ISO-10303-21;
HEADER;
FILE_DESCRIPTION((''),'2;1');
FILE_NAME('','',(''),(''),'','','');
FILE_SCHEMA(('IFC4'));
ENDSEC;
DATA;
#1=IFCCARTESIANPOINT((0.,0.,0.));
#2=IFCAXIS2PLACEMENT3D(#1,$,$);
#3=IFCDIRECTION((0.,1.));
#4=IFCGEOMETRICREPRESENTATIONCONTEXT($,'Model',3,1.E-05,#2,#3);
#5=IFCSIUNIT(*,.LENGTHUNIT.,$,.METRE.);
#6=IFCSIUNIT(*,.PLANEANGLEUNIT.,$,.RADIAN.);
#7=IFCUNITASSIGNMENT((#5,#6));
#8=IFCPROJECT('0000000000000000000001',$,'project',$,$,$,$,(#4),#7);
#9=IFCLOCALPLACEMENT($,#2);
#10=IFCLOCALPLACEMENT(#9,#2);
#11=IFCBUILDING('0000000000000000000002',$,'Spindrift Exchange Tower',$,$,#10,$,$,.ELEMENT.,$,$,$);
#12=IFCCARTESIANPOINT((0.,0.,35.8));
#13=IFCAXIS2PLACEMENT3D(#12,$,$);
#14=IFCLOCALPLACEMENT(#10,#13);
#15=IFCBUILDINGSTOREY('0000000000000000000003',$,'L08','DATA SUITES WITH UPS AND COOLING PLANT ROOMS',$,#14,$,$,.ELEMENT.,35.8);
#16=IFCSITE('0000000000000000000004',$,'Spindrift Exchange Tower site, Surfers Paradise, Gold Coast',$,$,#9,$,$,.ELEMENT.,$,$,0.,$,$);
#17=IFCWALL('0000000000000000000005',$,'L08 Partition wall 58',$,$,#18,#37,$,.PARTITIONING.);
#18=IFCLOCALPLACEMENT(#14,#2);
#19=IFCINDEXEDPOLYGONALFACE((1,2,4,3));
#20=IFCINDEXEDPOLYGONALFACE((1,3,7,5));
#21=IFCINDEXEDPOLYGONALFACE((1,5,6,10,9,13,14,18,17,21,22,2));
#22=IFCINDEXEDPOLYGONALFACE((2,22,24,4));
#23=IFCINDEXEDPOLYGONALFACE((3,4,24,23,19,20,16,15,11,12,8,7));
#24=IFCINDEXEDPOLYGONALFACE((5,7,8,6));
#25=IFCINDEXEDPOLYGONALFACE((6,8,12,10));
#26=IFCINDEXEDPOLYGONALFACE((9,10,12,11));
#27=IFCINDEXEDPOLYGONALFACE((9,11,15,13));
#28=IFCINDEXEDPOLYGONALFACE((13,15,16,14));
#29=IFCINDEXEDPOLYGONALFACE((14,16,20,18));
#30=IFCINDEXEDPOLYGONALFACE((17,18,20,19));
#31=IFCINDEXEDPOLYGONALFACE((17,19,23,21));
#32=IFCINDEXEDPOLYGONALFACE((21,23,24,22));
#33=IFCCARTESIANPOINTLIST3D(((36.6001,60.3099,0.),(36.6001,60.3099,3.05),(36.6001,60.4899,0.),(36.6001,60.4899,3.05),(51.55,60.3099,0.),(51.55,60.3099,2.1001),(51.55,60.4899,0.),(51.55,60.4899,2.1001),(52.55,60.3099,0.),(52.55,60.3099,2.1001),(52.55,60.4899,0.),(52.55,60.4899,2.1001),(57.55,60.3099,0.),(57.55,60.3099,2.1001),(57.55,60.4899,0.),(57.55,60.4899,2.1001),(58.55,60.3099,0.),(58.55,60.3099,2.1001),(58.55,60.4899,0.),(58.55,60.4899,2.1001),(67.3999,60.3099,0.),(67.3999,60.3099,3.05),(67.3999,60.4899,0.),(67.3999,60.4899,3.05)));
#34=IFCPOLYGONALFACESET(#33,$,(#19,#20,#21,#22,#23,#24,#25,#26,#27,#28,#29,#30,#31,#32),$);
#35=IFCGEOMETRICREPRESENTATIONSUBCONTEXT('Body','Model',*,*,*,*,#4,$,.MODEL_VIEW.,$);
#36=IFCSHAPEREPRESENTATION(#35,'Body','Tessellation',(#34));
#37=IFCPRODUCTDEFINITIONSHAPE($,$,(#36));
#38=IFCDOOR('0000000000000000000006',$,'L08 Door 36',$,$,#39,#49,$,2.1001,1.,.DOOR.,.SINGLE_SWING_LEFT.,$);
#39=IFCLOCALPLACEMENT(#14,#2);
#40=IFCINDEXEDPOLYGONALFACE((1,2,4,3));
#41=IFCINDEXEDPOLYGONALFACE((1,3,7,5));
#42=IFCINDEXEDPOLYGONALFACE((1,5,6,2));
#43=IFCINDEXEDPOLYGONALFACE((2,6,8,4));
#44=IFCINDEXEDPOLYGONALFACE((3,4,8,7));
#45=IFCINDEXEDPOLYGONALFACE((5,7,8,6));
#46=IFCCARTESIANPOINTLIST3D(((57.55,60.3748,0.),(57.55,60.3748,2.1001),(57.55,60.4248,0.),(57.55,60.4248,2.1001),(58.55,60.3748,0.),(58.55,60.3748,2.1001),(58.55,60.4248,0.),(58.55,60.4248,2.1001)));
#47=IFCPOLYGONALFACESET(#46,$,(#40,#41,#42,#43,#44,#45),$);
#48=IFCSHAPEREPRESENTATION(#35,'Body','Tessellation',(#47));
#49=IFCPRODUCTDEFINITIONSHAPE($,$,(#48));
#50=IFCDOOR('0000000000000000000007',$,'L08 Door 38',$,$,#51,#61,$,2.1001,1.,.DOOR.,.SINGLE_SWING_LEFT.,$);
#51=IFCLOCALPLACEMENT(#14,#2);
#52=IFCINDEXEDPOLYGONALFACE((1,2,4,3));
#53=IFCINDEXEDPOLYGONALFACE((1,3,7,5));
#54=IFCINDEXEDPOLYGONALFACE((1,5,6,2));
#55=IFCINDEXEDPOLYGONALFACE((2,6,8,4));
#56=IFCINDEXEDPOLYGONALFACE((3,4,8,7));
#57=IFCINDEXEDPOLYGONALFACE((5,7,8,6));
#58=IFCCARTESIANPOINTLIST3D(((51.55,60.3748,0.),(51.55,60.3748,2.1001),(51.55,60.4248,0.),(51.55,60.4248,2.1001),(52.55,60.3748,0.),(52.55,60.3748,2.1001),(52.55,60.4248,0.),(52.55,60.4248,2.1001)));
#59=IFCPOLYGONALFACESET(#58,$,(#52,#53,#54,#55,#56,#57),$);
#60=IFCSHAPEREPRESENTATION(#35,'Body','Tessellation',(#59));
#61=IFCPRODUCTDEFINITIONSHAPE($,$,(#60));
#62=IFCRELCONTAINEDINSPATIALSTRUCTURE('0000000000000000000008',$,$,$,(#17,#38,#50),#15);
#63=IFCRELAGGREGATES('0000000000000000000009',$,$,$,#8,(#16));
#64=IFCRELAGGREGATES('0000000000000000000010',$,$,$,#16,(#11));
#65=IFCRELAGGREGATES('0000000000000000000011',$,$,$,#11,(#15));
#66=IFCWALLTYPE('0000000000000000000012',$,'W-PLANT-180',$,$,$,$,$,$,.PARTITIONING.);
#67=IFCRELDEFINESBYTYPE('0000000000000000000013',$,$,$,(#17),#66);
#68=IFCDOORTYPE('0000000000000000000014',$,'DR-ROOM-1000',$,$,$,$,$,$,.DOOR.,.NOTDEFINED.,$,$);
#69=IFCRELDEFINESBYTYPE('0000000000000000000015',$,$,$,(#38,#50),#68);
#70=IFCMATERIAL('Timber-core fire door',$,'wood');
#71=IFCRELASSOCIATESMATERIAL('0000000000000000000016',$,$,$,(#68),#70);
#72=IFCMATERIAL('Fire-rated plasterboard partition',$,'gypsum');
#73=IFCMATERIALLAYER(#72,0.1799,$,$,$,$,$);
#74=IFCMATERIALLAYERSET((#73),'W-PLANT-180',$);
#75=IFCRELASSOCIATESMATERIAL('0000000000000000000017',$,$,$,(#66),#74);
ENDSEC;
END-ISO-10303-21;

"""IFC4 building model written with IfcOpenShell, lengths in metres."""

from ifc_helpers import new_model, si_unit, direction, frame, frame_2d, origin, place, context, subcontext, project, spatial, rectangle, extrude, source, transform, mapped, material, layer, layer_set, type_object, element, fill, save


model = new_model("IFC4")

# Units and contexts
model_context = context("Model", 3, precision=1e-05, world=origin(), true_north=direction((0.0, 1.0)))
body_context = subcontext(model_context, "Body", "Model", "MODEL_VIEW")
ifc_project = project(units=[si_unit("LENGTHUNIT", "METRE"), si_unit("PLANEANGLEUNIT", "RADIAN")], contexts=[model_context])

# Site, building, storey
site_placement = place(None, origin())
site = spatial("IfcSite", under=ifc_project, at=site_placement, Name="Spindrift Exchange Tower site, Surfers Paradise, Gold Coast", CompositionType="ELEMENT", RefElevation=0.0)
building_placement = place(site_placement, origin())
building = spatial("IfcBuilding", under=site, at=building_placement, Name="Spindrift Exchange Tower", CompositionType="ELEMENT")
storey_placement = place(building_placement, frame((0.0, 0.0, 35.8)))
storey = spatial("IfcBuildingStorey", under=building, at=storey_placement, Name="L08", Description="DATA SUITES WITH UPS AND COOLING PLANT ROOMS", CompositionType="ELEMENT", Elevation=35.8)

# Shared definitions
ifc_material_1 = material(Name="Timber-core fire door", Category="wood")

# Shared definitions
ifc_material_2 = material(Name="Fire-rated plasterboard partition", Category="gypsum")

# Shared definitions
door_type_1 = type_object("IfcDoorType", Name="DR-ROOM-1000", OperationType="NOTDEFINED", PredefinedType="DOOR", material=ifc_material_1)
shared_shape_1 = source(origin(), body_context, "Body", "SweptSolid", [
    extrude(rectangle(XDim=1.0, YDim=2.1001, at=frame_2d((0.5, 1.05))), frame((0.0, 0.0249, 0.0), z_axis=(0.0, -1.0, 0.0), x_axis=(1.0, 0.0, 0.0)), (0.0, 0.0, 1.0), 0.05),
])

# Wall, openings, doors
ifc_layer_1 = layer(ifc_material_2, 0.1799)
ifc_layer_set_1 = layer_set([ifc_layer_1], Name="W-PLANT-180")
wall_type_1 = type_object("IfcWallType", Name="W-PLANT-180", PredefinedType="PARTITIONING", material=ifc_layer_set_1)
wall_1_placement = place(storey_placement, frame((36.6001, 60.3999, 0.0), z_axis=(0.0, 0.0, 1.0), x_axis=(1.0, 0.0, 0.0)))
wall_1 = element("IfcWall", 1, at=wall_1_placement, inside=storey, type_object=wall_type_1, Name="L08 Partition wall 58", PredefinedType="PARTITIONING", context=body_context, shape_type="SweptSolid", body=[
    extrude(rectangle(XDim=30.7998, YDim=0.1799, at=frame_2d((15.3999, 0.0))), origin(), (0.0, 0.0, 1.0), 3.05),
])
opening_1_placement = place(wall_1_placement, frame((20.95, 0.0, 0.0)))
opening_1 = element("IfcOpeningElement", 2, at=opening_1_placement, cuts=wall_1, PredefinedType="OPENING", context=body_context, shape_type="SweptSolid", body=[
    extrude(rectangle(XDim=1.0, YDim=2.1001, at=frame_2d((0.5, 1.05))), frame((0.0, 0.0999, 0.0), z_axis=(0.0, -1.0, 0.0), x_axis=(1.0, 0.0, 0.0)), (0.0, 0.0, 1.0), 0.2),
])
opening_2_placement = place(wall_1_placement, frame((14.95, 0.0, 0.0)))
opening_2 = element("IfcOpeningElement", 3, at=opening_2_placement, cuts=wall_1, PredefinedType="OPENING", context=body_context, shape_type="SweptSolid", body=[
    extrude(rectangle(XDim=1.0, YDim=2.1001, at=frame_2d((0.5, 1.05))), frame((0.0, 0.0999, 0.0), z_axis=(0.0, -1.0, 0.0), x_axis=(1.0, 0.0, 0.0)), (0.0, 0.0, 1.0), 0.2),
])
door_1_placement = place(opening_1_placement, origin())
door_1 = element("IfcDoor", 4, at=door_1_placement, inside=storey, type_object=door_type_1, Name="L08 Door 36", OperationType="SINGLE_SWING_LEFT", OverallHeight=2.1001, OverallWidth=1.0, PredefinedType="DOOR", context=body_context, shape_type="MappedRepresentation", body=[
    mapped(shared_shape_1, transform((0.0, 0.0, 0.0), scale=1.0)),
])
fill(opening_1, door_1)
door_2_placement = place(opening_2_placement, origin())
door_2 = element("IfcDoor", 5, at=door_2_placement, inside=storey, type_object=door_type_1, Name="L08 Door 38", OperationType="SINGLE_SWING_LEFT", OverallHeight=2.1001, OverallWidth=1.0, PredefinedType="DOOR", context=body_context, shape_type="MappedRepresentation", body=[
    mapped(shared_shape_1, transform((0.0, 0.0, 0.0), scale=1.0)),
])
fill(opening_2, door_2)

save(model, "model.ifc")
